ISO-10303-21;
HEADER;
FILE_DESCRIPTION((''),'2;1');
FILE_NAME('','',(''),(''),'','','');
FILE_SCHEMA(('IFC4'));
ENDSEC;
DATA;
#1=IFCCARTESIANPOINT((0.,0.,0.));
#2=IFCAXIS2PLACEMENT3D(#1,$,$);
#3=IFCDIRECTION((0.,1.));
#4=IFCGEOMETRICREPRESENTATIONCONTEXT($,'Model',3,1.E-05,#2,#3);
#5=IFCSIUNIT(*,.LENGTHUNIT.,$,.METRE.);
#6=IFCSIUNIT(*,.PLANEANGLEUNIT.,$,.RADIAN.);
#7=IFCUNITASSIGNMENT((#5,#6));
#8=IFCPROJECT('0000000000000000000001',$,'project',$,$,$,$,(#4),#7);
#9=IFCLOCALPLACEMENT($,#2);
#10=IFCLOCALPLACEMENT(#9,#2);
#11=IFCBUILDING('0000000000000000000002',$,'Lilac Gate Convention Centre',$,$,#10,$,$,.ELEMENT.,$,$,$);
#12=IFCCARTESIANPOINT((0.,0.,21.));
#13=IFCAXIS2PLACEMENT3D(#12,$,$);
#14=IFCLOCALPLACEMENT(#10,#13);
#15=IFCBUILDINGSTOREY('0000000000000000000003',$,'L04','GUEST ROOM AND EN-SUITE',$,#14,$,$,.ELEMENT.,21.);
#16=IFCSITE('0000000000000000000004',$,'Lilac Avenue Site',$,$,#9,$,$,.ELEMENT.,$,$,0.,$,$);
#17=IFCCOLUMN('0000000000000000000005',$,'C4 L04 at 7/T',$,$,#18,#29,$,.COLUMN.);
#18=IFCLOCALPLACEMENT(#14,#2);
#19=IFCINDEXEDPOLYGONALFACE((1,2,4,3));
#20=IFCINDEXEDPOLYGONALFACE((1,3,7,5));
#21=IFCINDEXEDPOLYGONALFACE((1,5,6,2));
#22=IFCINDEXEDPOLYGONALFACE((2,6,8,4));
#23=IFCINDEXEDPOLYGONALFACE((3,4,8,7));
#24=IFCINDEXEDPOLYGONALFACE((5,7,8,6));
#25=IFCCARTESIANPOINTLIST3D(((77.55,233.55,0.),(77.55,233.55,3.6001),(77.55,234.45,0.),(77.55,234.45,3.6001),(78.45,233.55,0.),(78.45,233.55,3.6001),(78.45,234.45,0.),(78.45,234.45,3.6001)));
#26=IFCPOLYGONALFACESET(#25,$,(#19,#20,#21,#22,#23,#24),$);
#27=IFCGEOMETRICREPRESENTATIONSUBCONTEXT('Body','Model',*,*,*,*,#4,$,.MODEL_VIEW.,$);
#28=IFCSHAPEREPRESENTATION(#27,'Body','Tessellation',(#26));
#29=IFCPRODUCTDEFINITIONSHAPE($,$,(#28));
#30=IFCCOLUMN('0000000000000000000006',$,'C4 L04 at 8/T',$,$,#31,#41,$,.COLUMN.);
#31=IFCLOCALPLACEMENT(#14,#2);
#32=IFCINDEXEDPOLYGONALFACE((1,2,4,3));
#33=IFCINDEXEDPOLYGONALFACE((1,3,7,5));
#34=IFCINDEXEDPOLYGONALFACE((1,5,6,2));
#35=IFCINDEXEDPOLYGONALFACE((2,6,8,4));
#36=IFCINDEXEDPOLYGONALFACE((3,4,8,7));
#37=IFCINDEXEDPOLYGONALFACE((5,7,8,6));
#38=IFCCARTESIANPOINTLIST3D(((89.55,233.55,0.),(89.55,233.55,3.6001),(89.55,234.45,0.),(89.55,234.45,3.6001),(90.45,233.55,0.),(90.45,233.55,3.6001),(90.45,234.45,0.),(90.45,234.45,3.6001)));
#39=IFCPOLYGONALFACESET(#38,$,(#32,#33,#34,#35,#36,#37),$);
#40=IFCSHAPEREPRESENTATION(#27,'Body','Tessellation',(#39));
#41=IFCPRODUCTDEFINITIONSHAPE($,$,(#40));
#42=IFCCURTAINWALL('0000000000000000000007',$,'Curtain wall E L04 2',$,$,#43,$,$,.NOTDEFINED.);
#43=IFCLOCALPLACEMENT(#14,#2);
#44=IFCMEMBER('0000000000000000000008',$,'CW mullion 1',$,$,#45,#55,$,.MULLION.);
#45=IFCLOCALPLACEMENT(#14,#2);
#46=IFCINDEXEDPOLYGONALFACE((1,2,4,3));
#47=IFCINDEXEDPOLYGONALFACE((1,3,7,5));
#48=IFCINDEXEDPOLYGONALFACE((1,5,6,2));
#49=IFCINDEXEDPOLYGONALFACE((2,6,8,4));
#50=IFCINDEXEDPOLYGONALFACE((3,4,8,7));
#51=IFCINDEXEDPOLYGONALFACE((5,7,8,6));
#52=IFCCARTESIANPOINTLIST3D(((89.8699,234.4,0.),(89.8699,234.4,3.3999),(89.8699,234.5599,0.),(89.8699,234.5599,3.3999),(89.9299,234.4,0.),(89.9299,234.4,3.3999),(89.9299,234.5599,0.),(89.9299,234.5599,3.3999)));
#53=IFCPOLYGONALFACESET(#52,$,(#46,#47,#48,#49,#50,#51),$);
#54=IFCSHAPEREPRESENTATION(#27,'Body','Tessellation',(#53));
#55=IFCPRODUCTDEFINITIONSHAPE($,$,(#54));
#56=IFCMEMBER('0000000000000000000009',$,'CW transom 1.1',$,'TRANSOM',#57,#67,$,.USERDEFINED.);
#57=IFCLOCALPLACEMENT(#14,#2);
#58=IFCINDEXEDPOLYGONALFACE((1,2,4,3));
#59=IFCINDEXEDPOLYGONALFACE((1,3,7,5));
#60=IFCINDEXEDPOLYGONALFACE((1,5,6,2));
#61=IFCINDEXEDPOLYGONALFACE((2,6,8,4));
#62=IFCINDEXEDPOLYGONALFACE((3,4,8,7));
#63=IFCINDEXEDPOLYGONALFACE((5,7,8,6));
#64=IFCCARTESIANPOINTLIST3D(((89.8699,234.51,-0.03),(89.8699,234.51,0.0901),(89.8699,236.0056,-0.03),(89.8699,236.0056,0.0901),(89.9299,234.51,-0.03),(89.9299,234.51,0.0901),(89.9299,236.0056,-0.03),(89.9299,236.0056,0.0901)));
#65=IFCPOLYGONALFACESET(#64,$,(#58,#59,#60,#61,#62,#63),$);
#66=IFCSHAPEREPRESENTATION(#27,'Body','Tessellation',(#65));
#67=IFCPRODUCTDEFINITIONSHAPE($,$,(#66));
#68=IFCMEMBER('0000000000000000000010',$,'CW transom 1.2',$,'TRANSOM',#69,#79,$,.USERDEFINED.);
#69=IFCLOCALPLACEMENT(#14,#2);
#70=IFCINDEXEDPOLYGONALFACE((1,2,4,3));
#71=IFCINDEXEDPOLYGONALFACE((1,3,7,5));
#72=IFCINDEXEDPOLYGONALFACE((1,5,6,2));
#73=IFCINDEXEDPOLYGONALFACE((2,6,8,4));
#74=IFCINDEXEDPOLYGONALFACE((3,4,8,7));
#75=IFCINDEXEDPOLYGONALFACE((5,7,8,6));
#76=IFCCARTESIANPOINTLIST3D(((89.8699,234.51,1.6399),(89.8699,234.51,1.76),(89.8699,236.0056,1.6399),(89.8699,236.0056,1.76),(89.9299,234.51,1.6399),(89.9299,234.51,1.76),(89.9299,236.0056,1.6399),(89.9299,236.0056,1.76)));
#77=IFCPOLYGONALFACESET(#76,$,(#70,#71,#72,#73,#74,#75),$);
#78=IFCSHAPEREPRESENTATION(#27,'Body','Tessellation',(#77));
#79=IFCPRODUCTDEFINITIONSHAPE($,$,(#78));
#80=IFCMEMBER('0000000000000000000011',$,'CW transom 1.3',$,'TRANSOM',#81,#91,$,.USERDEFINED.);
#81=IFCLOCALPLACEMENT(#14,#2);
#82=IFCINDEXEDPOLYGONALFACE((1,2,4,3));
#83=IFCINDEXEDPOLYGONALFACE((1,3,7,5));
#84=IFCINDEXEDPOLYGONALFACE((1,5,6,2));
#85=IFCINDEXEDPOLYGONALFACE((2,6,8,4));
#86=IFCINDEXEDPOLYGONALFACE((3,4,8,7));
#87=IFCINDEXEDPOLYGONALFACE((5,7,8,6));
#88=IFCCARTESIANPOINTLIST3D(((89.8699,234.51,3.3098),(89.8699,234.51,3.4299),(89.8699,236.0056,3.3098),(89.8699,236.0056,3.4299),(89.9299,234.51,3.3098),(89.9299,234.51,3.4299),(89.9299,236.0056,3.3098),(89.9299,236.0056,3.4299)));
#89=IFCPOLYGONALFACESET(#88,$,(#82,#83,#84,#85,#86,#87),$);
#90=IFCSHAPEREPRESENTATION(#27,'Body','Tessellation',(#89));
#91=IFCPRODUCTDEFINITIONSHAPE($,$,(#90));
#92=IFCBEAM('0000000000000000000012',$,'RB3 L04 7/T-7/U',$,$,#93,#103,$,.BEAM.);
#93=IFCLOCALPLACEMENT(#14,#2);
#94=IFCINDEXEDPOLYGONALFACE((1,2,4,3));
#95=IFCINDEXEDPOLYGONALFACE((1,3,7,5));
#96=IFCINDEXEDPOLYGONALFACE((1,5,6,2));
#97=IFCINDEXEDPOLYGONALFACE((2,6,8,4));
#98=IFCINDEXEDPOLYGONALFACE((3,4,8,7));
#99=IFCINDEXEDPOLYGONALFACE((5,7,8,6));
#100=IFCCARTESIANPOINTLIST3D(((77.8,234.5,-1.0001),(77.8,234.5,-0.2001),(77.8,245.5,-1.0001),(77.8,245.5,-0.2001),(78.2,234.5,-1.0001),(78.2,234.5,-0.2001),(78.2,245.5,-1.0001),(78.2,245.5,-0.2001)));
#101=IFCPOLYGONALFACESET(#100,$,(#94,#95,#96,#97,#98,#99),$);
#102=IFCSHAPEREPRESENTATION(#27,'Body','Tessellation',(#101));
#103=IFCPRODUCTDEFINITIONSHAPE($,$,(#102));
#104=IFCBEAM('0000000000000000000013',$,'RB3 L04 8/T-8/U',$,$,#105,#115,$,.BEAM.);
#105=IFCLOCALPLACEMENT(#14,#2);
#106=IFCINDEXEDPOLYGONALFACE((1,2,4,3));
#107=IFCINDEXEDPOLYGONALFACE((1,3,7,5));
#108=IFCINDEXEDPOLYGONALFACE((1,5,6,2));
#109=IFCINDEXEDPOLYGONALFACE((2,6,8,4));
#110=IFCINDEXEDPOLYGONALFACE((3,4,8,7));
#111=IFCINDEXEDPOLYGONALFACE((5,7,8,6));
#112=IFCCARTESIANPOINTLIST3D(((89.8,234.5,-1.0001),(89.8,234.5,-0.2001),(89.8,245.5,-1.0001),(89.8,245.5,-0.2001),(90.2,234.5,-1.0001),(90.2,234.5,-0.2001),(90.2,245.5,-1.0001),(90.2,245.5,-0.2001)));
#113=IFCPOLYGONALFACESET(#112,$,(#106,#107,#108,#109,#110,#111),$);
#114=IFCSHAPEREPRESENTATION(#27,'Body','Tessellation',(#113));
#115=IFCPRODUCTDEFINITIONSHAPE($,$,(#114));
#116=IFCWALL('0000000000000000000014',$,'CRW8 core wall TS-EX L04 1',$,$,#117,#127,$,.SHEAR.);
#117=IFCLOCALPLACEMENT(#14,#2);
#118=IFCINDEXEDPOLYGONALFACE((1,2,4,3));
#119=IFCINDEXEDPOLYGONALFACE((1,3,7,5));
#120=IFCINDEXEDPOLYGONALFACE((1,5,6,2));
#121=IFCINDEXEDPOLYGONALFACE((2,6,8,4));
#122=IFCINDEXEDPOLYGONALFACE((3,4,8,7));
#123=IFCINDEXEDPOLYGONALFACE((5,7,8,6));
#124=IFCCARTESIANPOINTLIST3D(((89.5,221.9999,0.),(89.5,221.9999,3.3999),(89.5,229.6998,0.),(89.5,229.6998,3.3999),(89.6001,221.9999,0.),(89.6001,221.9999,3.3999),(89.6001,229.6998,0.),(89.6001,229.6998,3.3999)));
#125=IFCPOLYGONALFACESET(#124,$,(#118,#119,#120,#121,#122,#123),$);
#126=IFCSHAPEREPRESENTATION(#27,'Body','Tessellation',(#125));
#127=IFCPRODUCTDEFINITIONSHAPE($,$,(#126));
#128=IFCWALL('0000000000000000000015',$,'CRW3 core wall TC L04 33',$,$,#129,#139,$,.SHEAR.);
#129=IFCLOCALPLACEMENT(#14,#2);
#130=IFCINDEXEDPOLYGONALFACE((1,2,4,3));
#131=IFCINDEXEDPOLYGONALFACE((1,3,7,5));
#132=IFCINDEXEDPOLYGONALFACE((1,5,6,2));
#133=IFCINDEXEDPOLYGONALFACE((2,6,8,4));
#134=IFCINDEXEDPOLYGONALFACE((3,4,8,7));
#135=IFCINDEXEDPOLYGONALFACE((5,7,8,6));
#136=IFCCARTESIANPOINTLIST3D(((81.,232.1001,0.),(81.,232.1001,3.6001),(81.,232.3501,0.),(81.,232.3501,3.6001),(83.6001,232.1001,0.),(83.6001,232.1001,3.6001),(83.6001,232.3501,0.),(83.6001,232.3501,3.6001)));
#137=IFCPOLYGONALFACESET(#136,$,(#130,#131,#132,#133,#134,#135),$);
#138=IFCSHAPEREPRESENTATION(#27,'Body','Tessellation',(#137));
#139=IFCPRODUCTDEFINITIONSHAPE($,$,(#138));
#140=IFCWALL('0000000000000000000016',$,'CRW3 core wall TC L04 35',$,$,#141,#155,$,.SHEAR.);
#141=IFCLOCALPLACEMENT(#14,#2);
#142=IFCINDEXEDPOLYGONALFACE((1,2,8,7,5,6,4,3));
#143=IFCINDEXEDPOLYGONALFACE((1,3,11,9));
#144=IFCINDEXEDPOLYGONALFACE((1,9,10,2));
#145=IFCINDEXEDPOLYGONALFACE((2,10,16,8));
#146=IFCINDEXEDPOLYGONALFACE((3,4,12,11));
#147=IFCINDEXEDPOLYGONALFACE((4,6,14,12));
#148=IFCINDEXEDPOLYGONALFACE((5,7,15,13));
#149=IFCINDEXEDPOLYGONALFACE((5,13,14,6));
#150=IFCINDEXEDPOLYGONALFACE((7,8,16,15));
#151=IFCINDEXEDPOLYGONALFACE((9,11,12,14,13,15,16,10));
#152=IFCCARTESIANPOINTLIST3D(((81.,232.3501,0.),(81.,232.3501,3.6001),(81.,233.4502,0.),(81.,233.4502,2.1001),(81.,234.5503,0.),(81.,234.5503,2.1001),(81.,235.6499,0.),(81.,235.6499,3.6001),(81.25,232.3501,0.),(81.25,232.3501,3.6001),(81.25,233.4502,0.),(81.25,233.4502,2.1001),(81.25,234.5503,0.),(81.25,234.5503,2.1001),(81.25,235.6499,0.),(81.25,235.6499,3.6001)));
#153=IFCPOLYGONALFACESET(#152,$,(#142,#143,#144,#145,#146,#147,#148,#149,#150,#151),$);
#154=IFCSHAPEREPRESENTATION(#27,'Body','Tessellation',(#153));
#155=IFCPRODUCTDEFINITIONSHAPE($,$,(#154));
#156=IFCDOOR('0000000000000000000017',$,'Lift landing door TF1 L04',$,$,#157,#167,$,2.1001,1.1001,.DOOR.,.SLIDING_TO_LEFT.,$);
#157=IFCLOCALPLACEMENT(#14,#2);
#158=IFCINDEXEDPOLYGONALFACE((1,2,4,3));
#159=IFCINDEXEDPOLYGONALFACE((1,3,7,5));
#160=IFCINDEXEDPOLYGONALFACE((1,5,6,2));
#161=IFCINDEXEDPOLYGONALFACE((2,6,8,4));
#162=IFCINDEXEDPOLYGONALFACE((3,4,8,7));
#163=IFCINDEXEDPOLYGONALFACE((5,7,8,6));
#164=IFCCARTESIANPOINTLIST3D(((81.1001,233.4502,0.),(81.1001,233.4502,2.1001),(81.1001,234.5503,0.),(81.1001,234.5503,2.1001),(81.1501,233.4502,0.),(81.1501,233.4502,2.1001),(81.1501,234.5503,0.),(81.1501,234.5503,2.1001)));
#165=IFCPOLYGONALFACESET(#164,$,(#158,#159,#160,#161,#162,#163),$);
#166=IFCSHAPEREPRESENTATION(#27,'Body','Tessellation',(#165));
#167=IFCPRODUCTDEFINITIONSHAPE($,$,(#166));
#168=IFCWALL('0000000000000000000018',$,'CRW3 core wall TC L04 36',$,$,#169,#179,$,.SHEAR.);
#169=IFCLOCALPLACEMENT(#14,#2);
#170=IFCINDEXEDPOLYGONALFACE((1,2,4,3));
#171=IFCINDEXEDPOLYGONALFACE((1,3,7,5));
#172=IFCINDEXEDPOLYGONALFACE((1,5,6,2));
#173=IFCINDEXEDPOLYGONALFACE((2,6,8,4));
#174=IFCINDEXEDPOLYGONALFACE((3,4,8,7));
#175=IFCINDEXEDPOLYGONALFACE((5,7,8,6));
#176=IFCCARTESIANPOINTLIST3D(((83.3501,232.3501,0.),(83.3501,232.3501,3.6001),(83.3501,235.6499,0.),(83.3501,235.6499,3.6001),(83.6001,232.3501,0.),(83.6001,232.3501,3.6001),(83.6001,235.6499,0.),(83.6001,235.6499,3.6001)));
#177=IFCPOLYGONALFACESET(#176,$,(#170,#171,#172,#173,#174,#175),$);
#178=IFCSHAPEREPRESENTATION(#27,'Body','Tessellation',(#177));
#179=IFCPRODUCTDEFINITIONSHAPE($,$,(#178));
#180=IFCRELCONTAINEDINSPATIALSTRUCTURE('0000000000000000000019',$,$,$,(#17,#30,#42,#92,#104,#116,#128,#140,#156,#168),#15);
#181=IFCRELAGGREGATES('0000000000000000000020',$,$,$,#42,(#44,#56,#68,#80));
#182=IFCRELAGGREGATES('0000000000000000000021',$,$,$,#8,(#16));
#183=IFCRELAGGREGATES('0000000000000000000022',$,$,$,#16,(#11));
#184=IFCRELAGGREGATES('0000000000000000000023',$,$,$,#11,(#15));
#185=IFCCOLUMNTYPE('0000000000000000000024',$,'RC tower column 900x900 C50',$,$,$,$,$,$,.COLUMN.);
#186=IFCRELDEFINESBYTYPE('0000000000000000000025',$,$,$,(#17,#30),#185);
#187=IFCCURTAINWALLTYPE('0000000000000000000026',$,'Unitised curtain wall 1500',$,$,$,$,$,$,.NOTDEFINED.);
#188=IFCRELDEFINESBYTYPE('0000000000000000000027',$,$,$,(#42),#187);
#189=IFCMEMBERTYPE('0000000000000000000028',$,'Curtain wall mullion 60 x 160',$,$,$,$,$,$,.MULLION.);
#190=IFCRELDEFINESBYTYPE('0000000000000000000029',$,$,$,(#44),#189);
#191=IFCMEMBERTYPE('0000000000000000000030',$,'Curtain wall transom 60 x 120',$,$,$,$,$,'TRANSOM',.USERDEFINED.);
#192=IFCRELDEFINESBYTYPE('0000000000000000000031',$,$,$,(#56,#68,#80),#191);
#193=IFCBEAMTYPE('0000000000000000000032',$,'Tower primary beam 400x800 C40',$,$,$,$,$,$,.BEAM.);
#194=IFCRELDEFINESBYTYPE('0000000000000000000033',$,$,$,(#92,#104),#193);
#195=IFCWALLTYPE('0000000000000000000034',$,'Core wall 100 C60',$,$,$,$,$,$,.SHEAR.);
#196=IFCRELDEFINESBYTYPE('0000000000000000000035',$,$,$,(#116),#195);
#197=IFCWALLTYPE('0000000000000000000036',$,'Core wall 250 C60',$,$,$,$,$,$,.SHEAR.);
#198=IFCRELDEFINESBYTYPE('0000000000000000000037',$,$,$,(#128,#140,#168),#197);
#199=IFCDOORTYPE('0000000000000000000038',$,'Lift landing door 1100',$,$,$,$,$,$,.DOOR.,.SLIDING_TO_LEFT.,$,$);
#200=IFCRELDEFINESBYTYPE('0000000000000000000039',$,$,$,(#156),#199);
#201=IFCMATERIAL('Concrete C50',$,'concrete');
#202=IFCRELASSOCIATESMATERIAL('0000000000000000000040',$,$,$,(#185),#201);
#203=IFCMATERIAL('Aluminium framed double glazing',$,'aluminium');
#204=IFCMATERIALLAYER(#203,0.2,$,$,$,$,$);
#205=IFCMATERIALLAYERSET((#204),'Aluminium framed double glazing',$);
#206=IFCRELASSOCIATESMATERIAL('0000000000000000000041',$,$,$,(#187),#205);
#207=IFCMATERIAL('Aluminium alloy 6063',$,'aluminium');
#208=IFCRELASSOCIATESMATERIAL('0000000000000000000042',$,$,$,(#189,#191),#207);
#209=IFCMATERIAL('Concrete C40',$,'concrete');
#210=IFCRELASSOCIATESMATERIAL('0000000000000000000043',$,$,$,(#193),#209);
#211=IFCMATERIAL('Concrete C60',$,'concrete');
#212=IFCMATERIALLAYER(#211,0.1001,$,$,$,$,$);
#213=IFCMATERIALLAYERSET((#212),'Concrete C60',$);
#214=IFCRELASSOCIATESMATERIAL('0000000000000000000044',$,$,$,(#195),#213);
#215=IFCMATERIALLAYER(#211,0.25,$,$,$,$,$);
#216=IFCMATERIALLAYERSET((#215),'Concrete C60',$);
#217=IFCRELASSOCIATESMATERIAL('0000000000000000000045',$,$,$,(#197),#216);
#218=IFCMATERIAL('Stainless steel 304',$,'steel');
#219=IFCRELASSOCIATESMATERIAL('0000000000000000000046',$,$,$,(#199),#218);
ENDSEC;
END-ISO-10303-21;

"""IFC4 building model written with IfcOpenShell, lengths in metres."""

from ifc_helpers import new_model, si_unit, direction, frame, frame_2d, origin, origin_2d, place, context, subcontext, project, spatial, rectangle, extrude, material, layer, layer_set, material_profile, profile_set, type_object, element, fill, aggregate, save


model = new_model("IFC4")

# Units and contexts
model_context = context("Model", 3, precision=1e-05, world=origin(), true_north=direction((0.0, 1.0)))
body_context = subcontext(model_context, "Body", "Model", "MODEL_VIEW")
ifc_project = project(units=[si_unit("LENGTHUNIT", "METRE"), si_unit("PLANEANGLEUNIT", "RADIAN")], contexts=[model_context])

# Site, building, storey
site_placement = place(None, origin())
site = spatial("IfcSite", under=ifc_project, at=site_placement, Name="Lilac Avenue Site", CompositionType="ELEMENT", RefElevation=0.0)
building_placement = place(site_placement, origin())
building = spatial("IfcBuilding", under=site, at=building_placement, Name="Lilac Gate Convention Centre", CompositionType="ELEMENT")
storey_placement = place(building_placement, frame((0.0, 0.0, 21.0)))
storey = spatial("IfcBuildingStorey", under=building, at=storey_placement, Name="L04", Description="GUEST ROOM AND EN-SUITE", CompositionType="ELEMENT", Elevation=21.0)

# Columns
ifc_material_1 = material(Name="Concrete C50", Category="concrete")
ifc_material_profile_1 = material_profile(ifc_material_1, rectangle(XDim=0.8999, YDim=0.8999, at=origin_2d()), Name="RC 900x900")
ifc_profile_set_1 = profile_set([ifc_material_profile_1], Name="Concrete C50")
column_type = type_object("IfcColumnType", Name="RC tower column 900x900 C50", PredefinedType="COLUMN", material=ifc_profile_set_1)
for number, where, z_axis, x_axis, name in (
    (1, (78.0, 234.0, 0.0), (0.0, 0.0, 1.0), (1.0, 0.0, 0.0), "C4 L04 at 7/T"),
    (2, (90.0, 234.0, 0.0), (0.0, 0.0, 1.0), (1.0, 0.0, 0.0), "C4 L04 at 8/T"),
):
    element("IfcColumn", number, at=place(storey_placement, frame(where, z_axis=z_axis, x_axis=x_axis)), inside=storey, type_object=column_type, Name=name, PredefinedType="COLUMN", context=body_context, shape_type="SweptSolid", body=[
        extrude(rectangle(XDim=0.8999, YDim=0.8999, at=origin_2d()), origin(), (0.0, 0.0, 1.0), 3.6001),
    ])

# Curtain wall, members
ifc_material_2 = material(Name="Aluminium framed double glazing", Category="aluminium")
ifc_layer_1 = layer(ifc_material_2, 0.2)
ifc_layer_set_1 = layer_set([ifc_layer_1], Name="Aluminium framed double glazing")
curtain_wall_type = type_object("IfcCurtainWallType", Name="Unitised curtain wall 1500", PredefinedType="NOTDEFINED", material=ifc_layer_set_1)
curtain_wall_placement = place(storey_placement, origin())
curtain_wall = element("IfcCurtainWall", 3, at=curtain_wall_placement, inside=storey, type_object=curtain_wall_type, Name="Curtain wall E L04 2", PredefinedType="NOTDEFINED")
ifc_material_3 = material(Name="Aluminium alloy 6063", Category="aluminium")
ifc_material_profile_2 = material_profile(ifc_material_3, rectangle(XDim=0.0601, YDim=0.1599, at=origin_2d()), Name="Curtain wall mullion 60 x 160")
ifc_profile_set_2 = profile_set([ifc_material_profile_2], Name="Aluminium alloy 6063")
member_type_1 = type_object("IfcMemberType", Name="Curtain wall mullion 60 x 160", PredefinedType="MULLION", material=ifc_profile_set_2)
member_1_placement = place(storey_placement, frame((89.8999, 234.48, 0.0), z_axis=(0.0, 0.0, 1.0), x_axis=(-1.0, 0.0, 0.0)))
member_1 = element("IfcMember", 4, at=member_1_placement, type_object=member_type_1, Name="CW mullion 1", PredefinedType="MULLION", context=body_context, shape_type="SweptSolid", body=[
    extrude(rectangle(XDim=0.0601, YDim=0.1599, at=origin_2d()), origin(), (0.0, 0.0, 1.0), 3.3999),
])
ifc_material_profile_3 = material_profile(ifc_material_3, rectangle(XDim=0.0601, YDim=0.1201, at=origin_2d()), Name="Curtain wall transom 60 x 120")
ifc_profile_set_3 = profile_set([ifc_material_profile_3], Name="Aluminium alloy 6063")
member_type_2 = type_object("IfcMemberType", Name="Curtain wall transom 60 x 120", ElementType="TRANSOM", PredefinedType="USERDEFINED", material=ifc_profile_set_3)
member_2_placement = place(storey_placement, frame((89.8999, 234.51, 0.03), z_axis=(0.0, 1.0, 0.0), x_axis=(-1.0, 0.0, 0.0)))
member_2 = element("IfcMember", 5, at=member_2_placement, type_object=member_type_2, Name="CW transom 1.1", ObjectType="TRANSOM", PredefinedType="USERDEFINED", context=body_context, shape_type="SweptSolid", body=[
    extrude(rectangle(XDim=0.0601, YDim=0.1201, at=origin_2d()), origin(), (0.0, 0.0, 1.0), 1.4956),
])
member_3_placement = place(storey_placement, frame((89.8999, 234.51, 1.7), z_axis=(0.0, 1.0, 0.0), x_axis=(-1.0, 0.0, 0.0)))
member_3 = element("IfcMember", 6, at=member_3_placement, type_object=member_type_2, Name="CW transom 1.2", ObjectType="TRANSOM", PredefinedType="USERDEFINED", context=body_context, shape_type="SweptSolid", body=[
    extrude(rectangle(XDim=0.0601, YDim=0.1201, at=origin_2d()), origin(), (0.0, 0.0, 1.0), 1.4956),
])
member_4_placement = place(storey_placement, frame((89.8999, 234.51, 3.3699), z_axis=(0.0, 1.0, 0.0), x_axis=(-1.0, 0.0, 0.0)))
member_4 = element("IfcMember", 7, at=member_4_placement, type_object=member_type_2, Name="CW transom 1.3", ObjectType="TRANSOM", PredefinedType="USERDEFINED", context=body_context, shape_type="SweptSolid", body=[
    extrude(rectangle(XDim=0.0601, YDim=0.1201, at=origin_2d()), origin(), (0.0, 0.0, 1.0), 1.4956),
])
aggregate(curtain_wall, [member_1, member_2, member_3, member_4])

# Beams
ifc_material_4 = material(Name="Concrete C40", Category="concrete")
ifc_material_profile_4 = material_profile(ifc_material_4, rectangle(XDim=0.3999, YDim=0.8, at=origin_2d()), Name="RC 400x800")
ifc_profile_set_4 = profile_set([ifc_material_profile_4], Name="Concrete C40")
beam_type = type_object("IfcBeamType", Name="Tower primary beam 400x800 C40", PredefinedType="BEAM", material=ifc_profile_set_4)
for number, where, z_axis, x_axis, name in (
    (8, (78.0, 234.5, -0.6001), (0.0, 1.0, 0.0), (-1.0, 0.0, 0.0), "RB3 L04 7/T-7/U"),
    (9, (90.0, 234.5, -0.6001), (0.0, 1.0, 0.0), (-1.0, 0.0, 0.0), "RB3 L04 8/T-8/U"),
):
    element("IfcBeam", number, at=place(storey_placement, frame(where, z_axis=z_axis, x_axis=x_axis)), inside=storey, type_object=beam_type, Name=name, PredefinedType="BEAM", context=body_context, shape_type="SweptSolid", body=[
        extrude(rectangle(XDim=0.3999, YDim=0.8, at=origin_2d()), origin(), (0.0, 0.0, 1.0), 11.0),
    ])

# Walls
ifc_material_5 = material(Name="Concrete C60", Category="concrete")
ifc_layer_2 = layer(ifc_material_5, 0.1001)
ifc_layer_set_2 = layer_set([ifc_layer_2], Name="Concrete C60")
wall_type_1 = type_object("IfcWallType", Name="Core wall 100 C60", PredefinedType="SHEAR", material=ifc_layer_set_2)
wall_1_placement = place(storey_placement, frame((89.55, 229.7, 0.0), z_axis=(0.0, 0.0, 1.0), x_axis=(0.0, -1.0, 0.0)))
element("IfcWall", 10, at=wall_1_placement, inside=storey, type_object=wall_type_1, Name="CRW8 core wall TS-EX L04 1", PredefinedType="SHEAR", context=body_context, shape_type="SweptSolid", body=[
    extrude(rectangle(XDim=7.7, YDim=0.1001, at=frame_2d((3.8501, 0.0))), origin(), (0.0, 0.0, 1.0), 3.3999),
])
ifc_layer_3 = layer(ifc_material_5, 0.25)
ifc_layer_set_3 = layer_set([ifc_layer_3], Name="Concrete C60")
wall_type_2 = type_object("IfcWallType", Name="Core wall 250 C60", PredefinedType="SHEAR", material=ifc_layer_set_3)
wall_2_placement = place(storey_placement, frame((81.0, 232.2251, 0.0), z_axis=(0.0, 0.0, 1.0), x_axis=(1.0, 0.0, 0.0)))
element("IfcWall", 11, at=wall_2_placement, inside=storey, type_object=wall_type_2, Name="CRW3 core wall TC L04 33", PredefinedType="SHEAR", context=body_context, shape_type="SweptSolid", body=[
    extrude(rectangle(XDim=2.6001, YDim=0.25, at=frame_2d((1.3, 0.0))), origin(), (0.0, 0.0, 1.0), 3.6001),
])

# Wall, opening, door
wall_3_placement = place(storey_placement, frame((81.125, 232.3501, 0.0), z_axis=(0.0, 0.0, 1.0), x_axis=(0.0, 1.0, 0.0)))
wall_3 = element("IfcWall", 12, at=wall_3_placement, inside=storey, type_object=wall_type_2, Name="CRW3 core wall TC L04 35", PredefinedType="SHEAR", context=body_context, shape_type="SweptSolid", body=[
    extrude(rectangle(XDim=3.2998, YDim=0.25, at=frame_2d((1.6499, 0.0))), origin(), (0.0, 0.0, 1.0), 3.6001),
])
opening_1_placement = place(wall_3_placement, frame((1.1001, 0.0, 0.0)))
opening_1 = element("IfcOpeningElement", 13, at=opening_1_placement, cuts=wall_3, PredefinedType="OPENING", context=body_context, shape_type="SweptSolid", body=[
    extrude(rectangle(XDim=1.1001, YDim=2.1001, at=frame_2d((0.55, 1.05))), frame((0.0, 0.135, 0.0), z_axis=(0.0, -1.0, 0.0), x_axis=(1.0, 0.0, 0.0)), (0.0, 0.0, 1.0), 0.27),
])
ifc_material_6 = material(Name="Stainless steel 304", Category="steel")
door_type_1 = type_object("IfcDoorType", Name="Lift landing door 1100", OperationType="SLIDING_TO_LEFT", PredefinedType="DOOR", material=ifc_material_6)
door_1_placement = place(opening_1_placement, origin())
door_1 = element("IfcDoor", 14, at=door_1_placement, inside=storey, type_object=door_type_1, Name="Lift landing door TF1 L04", OperationType="SLIDING_TO_LEFT", OverallHeight=2.1001, OverallWidth=1.1001, PredefinedType="DOOR", context=body_context, shape_type="SweptSolid", body=[
    extrude(rectangle(XDim=1.1001, YDim=2.1001, at=frame_2d((0.55, 1.05))), frame((0.0, 0.0249, 0.0), z_axis=(0.0, -1.0, 0.0), x_axis=(1.0, 0.0, 0.0)), (0.0, 0.0, 1.0), 0.05),
])
fill(opening_1, door_1)

# Wall
wall_4_placement = place(storey_placement, frame((83.4751, 232.3501, 0.0), z_axis=(0.0, 0.0, 1.0), x_axis=(0.0, 1.0, 0.0)))
element("IfcWall", 15, at=wall_4_placement, inside=storey, type_object=wall_type_2, Name="CRW3 core wall TC L04 36", PredefinedType="SHEAR", context=body_context, shape_type="SweptSolid", body=[
    extrude(rectangle(XDim=3.2998, YDim=0.25, at=frame_2d((1.6499, 0.0))), origin(), (0.0, 0.0, 1.0), 3.6001),
])

save(model, "model.ifc")
